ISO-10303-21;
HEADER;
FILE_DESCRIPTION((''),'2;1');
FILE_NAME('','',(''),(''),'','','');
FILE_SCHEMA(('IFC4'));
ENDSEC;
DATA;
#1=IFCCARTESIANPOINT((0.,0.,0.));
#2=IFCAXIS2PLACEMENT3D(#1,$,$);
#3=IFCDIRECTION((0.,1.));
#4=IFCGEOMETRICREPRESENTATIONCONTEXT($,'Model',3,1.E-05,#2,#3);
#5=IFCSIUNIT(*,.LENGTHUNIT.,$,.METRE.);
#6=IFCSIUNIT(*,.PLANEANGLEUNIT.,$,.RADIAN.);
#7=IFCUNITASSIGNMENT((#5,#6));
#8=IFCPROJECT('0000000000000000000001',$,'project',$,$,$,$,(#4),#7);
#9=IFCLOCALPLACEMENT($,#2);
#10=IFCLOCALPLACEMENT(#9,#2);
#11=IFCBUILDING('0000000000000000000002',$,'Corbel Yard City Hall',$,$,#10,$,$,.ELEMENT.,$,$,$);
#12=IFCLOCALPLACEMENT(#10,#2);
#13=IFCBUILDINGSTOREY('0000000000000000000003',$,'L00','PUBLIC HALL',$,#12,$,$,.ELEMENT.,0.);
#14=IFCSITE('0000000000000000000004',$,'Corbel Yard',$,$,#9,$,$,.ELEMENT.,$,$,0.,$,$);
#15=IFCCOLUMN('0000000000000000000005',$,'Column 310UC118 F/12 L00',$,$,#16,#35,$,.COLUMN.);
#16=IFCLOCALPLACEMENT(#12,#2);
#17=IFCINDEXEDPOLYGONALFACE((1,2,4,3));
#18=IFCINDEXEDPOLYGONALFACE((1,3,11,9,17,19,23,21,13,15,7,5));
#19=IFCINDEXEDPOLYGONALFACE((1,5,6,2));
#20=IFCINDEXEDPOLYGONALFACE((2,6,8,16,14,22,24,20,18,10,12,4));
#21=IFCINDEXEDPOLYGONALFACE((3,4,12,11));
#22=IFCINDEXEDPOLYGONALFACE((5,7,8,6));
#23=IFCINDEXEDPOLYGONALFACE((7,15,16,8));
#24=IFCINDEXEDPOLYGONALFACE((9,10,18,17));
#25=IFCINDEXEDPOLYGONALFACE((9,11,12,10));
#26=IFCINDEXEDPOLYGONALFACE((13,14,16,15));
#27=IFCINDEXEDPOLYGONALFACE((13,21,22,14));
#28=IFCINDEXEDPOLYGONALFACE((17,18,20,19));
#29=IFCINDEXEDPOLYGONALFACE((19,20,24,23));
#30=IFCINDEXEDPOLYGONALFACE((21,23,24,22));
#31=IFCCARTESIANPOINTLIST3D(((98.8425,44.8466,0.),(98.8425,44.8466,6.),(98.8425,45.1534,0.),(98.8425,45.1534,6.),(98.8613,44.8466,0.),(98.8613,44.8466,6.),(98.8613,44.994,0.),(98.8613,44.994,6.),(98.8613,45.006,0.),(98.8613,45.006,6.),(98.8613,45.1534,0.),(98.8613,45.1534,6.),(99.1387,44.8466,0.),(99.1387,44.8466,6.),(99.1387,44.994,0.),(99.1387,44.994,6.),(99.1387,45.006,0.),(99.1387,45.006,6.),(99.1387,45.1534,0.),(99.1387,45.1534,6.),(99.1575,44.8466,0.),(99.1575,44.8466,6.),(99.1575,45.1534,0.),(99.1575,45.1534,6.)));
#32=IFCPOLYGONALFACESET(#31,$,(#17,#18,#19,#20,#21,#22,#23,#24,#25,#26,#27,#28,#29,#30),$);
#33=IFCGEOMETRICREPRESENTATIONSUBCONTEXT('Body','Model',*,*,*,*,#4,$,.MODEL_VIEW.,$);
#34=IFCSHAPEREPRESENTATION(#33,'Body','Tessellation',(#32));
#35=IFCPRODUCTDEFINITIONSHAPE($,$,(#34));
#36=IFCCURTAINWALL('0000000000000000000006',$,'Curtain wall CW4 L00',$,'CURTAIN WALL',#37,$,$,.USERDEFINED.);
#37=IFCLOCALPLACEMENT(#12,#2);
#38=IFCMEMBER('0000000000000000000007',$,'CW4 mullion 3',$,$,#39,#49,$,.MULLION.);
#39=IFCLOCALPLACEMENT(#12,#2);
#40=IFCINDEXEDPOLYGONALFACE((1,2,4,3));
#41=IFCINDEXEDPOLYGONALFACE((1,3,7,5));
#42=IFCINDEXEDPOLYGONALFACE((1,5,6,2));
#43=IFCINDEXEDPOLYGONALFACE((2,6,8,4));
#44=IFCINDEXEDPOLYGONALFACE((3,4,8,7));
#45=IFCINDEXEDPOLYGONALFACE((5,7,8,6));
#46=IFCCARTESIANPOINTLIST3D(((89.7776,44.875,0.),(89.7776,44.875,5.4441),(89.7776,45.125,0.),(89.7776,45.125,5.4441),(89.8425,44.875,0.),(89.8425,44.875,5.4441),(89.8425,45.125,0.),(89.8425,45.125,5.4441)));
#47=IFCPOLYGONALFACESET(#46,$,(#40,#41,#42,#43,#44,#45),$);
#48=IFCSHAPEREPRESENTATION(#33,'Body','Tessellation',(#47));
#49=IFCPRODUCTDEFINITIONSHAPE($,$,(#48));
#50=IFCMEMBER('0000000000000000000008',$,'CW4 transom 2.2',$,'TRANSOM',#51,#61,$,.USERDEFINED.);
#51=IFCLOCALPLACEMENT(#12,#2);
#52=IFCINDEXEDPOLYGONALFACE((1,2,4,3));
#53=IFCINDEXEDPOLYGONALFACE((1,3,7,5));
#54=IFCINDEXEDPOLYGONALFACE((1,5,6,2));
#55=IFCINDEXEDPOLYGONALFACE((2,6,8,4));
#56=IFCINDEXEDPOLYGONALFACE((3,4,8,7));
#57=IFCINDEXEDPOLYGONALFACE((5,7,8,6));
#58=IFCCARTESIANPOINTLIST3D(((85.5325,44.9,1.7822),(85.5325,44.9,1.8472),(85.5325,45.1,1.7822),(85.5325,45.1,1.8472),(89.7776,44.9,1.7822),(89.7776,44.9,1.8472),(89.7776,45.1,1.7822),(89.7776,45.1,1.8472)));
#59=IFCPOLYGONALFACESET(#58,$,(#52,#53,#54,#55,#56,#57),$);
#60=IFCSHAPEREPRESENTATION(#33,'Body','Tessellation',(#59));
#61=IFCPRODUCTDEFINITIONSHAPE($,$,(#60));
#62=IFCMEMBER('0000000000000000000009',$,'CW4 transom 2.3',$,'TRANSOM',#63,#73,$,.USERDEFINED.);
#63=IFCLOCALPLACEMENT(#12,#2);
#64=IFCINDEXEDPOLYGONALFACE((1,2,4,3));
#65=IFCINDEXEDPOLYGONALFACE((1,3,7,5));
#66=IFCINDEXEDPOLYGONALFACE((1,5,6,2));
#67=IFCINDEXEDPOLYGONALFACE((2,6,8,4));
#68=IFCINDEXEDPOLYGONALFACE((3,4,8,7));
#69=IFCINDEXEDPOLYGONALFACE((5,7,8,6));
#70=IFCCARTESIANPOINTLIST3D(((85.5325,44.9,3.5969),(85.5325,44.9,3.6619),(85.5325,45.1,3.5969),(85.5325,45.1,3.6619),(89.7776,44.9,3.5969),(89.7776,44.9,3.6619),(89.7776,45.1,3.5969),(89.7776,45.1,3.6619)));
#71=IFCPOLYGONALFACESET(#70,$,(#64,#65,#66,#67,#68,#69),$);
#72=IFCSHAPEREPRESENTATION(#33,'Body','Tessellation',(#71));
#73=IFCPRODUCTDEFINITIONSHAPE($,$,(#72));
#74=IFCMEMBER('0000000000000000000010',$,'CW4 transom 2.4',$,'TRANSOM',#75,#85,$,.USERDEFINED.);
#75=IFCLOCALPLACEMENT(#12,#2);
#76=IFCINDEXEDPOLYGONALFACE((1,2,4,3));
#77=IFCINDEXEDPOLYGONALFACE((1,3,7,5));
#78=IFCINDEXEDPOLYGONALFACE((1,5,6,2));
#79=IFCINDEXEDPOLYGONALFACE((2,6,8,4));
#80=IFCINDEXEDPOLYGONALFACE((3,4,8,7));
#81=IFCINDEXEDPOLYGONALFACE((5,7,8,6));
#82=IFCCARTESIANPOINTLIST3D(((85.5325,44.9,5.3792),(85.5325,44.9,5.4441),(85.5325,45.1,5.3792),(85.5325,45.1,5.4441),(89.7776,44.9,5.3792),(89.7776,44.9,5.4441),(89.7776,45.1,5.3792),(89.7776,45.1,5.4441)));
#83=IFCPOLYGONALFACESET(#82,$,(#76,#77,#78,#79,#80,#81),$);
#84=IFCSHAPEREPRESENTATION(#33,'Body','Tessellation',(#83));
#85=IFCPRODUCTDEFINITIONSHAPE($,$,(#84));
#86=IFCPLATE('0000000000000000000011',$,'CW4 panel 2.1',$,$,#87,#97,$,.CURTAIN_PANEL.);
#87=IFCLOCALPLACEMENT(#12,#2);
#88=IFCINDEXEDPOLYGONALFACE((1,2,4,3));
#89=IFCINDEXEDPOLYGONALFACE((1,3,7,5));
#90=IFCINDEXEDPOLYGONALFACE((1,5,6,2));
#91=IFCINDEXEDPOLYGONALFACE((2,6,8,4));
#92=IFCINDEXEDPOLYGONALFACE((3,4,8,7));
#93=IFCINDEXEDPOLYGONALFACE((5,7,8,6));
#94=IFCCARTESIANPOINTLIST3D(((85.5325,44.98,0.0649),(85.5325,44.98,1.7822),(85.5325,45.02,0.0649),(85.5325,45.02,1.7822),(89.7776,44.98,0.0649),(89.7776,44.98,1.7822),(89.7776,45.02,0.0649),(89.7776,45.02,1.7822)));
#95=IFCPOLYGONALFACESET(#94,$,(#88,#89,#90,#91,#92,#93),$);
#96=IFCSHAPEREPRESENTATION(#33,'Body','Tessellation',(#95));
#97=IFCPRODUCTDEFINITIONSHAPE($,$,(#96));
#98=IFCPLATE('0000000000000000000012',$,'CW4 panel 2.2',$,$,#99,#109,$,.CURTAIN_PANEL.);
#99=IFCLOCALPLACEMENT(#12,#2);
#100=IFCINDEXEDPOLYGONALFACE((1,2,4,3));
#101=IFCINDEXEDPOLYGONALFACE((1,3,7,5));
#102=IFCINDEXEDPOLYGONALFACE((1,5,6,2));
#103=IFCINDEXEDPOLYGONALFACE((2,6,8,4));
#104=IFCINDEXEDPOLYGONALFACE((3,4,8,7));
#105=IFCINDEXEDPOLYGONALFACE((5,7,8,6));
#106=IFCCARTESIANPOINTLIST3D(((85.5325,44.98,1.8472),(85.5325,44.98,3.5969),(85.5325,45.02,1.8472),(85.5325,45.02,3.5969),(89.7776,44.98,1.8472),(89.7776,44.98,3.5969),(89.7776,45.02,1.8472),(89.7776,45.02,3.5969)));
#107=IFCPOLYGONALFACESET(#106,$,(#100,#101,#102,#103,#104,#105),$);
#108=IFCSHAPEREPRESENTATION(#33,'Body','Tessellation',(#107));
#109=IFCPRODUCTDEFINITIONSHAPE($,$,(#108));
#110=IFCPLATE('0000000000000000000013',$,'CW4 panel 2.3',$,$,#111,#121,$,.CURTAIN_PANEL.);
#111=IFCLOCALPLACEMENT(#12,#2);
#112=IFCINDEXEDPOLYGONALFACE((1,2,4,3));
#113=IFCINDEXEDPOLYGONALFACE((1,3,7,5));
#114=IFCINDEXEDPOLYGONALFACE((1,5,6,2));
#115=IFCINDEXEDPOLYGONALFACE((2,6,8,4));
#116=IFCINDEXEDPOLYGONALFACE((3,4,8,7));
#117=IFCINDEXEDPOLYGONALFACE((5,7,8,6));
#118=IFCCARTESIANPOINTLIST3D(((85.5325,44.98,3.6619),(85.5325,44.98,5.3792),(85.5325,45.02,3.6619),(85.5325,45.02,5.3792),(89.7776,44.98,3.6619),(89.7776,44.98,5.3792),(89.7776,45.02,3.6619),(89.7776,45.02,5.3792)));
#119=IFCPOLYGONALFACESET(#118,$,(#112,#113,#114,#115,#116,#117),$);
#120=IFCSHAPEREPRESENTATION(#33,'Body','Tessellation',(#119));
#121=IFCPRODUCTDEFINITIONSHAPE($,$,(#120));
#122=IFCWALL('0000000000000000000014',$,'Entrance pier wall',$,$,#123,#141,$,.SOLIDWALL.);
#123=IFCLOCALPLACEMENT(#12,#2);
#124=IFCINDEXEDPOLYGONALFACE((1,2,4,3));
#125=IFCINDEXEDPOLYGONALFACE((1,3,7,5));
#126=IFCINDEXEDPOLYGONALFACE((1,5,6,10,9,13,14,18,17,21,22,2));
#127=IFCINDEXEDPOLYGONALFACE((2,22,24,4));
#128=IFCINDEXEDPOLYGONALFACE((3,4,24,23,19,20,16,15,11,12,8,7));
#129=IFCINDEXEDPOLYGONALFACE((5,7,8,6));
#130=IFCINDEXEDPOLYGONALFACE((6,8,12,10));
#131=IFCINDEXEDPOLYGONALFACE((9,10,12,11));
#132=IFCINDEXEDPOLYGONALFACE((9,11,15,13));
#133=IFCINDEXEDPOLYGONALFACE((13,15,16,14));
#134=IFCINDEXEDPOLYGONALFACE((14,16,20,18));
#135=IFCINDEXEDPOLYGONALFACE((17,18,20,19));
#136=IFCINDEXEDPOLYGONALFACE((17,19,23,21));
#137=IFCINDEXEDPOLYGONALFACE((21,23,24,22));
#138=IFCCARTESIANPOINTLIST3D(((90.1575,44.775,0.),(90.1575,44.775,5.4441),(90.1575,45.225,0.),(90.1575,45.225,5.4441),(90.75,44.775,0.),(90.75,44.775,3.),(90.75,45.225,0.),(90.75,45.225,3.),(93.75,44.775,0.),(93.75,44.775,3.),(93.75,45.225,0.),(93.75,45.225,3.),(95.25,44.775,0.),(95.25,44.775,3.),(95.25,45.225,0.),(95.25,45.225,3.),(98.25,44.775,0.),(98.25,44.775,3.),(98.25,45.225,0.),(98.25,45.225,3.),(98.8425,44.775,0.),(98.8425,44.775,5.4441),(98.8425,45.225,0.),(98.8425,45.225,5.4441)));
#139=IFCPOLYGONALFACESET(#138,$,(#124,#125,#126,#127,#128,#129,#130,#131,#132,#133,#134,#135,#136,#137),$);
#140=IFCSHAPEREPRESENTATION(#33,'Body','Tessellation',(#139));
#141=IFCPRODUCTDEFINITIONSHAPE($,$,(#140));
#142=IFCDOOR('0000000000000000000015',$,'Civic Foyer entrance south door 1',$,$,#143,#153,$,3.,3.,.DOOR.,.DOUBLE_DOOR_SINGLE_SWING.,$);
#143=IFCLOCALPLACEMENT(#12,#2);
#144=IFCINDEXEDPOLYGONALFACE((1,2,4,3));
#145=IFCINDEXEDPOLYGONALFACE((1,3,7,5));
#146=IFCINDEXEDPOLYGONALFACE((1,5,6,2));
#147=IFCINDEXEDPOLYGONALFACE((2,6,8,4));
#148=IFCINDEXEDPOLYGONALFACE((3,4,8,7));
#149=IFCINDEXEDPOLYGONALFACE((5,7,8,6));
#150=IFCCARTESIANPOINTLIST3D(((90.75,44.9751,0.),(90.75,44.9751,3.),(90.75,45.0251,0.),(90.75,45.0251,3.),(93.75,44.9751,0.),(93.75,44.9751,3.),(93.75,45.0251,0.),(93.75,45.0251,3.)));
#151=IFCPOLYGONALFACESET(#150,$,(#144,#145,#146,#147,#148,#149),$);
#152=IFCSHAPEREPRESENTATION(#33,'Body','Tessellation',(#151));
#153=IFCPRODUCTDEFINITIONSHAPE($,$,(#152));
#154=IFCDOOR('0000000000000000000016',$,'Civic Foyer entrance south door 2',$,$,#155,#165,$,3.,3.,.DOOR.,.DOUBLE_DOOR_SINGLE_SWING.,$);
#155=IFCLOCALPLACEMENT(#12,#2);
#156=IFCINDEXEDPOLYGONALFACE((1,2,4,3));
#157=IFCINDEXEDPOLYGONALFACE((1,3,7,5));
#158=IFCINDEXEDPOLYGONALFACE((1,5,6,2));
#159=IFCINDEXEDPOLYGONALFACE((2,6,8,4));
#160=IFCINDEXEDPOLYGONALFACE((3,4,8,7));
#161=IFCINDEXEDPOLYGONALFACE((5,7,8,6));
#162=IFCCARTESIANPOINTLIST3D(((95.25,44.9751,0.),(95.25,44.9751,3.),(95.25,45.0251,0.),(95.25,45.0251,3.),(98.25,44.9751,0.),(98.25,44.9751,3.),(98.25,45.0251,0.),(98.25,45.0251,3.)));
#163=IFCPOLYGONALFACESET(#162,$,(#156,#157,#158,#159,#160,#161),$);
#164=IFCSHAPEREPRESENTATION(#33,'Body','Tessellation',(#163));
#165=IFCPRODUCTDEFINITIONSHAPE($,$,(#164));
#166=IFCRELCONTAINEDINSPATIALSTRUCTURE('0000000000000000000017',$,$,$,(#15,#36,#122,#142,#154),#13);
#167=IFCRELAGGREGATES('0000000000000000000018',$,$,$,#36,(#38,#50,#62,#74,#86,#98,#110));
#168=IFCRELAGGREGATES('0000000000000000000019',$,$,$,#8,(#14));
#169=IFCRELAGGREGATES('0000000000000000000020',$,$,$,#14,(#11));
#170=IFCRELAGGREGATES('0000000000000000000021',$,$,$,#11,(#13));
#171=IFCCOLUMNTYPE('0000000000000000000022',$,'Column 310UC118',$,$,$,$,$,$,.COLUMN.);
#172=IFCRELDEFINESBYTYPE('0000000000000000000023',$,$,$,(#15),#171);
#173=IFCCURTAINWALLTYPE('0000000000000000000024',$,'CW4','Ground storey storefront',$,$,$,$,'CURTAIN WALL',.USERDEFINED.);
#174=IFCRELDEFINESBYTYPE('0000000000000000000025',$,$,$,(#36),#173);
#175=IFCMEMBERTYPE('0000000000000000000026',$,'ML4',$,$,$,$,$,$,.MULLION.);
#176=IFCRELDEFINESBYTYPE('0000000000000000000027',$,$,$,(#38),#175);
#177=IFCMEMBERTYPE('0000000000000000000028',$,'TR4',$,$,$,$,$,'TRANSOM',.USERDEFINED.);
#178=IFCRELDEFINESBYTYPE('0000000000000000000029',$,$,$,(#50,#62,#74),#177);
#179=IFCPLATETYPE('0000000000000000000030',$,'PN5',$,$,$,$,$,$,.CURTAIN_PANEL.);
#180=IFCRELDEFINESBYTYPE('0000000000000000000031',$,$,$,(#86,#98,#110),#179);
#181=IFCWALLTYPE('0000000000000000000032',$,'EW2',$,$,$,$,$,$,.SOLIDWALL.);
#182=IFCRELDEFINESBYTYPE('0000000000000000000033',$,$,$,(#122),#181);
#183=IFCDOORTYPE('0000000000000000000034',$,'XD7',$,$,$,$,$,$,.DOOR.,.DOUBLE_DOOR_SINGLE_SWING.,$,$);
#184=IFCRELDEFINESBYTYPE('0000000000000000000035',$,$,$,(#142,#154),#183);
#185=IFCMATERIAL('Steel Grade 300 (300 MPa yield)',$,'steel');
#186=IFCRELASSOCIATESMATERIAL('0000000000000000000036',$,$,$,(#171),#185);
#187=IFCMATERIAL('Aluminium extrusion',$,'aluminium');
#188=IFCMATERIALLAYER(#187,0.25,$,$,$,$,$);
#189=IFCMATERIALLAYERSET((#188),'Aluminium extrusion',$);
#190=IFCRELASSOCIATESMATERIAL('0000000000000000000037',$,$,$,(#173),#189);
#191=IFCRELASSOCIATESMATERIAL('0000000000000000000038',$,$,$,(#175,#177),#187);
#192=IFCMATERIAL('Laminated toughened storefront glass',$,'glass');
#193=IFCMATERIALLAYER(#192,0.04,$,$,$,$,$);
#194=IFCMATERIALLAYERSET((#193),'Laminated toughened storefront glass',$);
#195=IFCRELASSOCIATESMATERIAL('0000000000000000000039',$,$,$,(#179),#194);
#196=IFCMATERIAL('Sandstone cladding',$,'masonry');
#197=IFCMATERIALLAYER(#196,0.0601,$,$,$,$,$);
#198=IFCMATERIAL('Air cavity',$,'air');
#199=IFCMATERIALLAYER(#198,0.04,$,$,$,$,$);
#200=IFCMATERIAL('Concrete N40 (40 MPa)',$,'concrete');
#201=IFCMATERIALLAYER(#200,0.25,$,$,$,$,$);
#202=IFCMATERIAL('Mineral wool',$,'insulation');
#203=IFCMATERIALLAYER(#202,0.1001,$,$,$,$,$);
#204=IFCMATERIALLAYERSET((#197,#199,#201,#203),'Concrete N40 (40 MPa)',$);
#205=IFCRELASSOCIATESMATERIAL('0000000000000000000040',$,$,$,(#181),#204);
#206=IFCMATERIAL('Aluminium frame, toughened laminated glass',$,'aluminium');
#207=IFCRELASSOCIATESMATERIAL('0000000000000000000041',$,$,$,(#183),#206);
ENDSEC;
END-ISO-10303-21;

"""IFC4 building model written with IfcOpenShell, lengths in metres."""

from ifc_helpers import new_model, si_unit, direction, frame, frame_2d, origin, origin_2d, place, context, subcontext, project, spatial, rectangle, i_section, extrude, material, layer, layer_set, material_profile, profile_set, type_object, element, fill, aggregate, save


model = new_model("IFC4")

# Units and contexts
model_context = context("Model", 3, precision=1e-05, world=origin(), true_north=direction((0.0, 1.0)))
body_context = subcontext(model_context, "Body", "Model", "MODEL_VIEW")
ifc_project = project(units=[si_unit("LENGTHUNIT", "METRE"), si_unit("PLANEANGLEUNIT", "RADIAN")], contexts=[model_context])

# Site, building, storey
site_placement = place(None, origin())
site = spatial("IfcSite", under=ifc_project, at=site_placement, Name="Corbel Yard", CompositionType="ELEMENT", RefElevation=0.0)
building_placement = place(site_placement, origin())
building = spatial("IfcBuilding", under=site, at=building_placement, Name="Corbel Yard City Hall", CompositionType="ELEMENT")
storey_placement = place(building_placement, origin())
storey = spatial("IfcBuildingStorey", under=building, at=storey_placement, Name="L00", Description="PUBLIC HALL", CompositionType="ELEMENT", Elevation=0.0)

# Shared definitions
ifc_material_1 = material(Name="Concrete N40 (40 MPa)", Category="concrete")

# Column
ifc_material_2 = material(Name="Steel Grade 300 (300 MPa yield)", Category="steel")
ifc_material_profile_1 = material_profile(ifc_material_2, i_section(OverallWidth=0.3069, OverallDepth=0.3149, WebThickness=0.012, FlangeThickness=0.0188, at=origin_2d()), Name="310UC118")
ifc_profile_set_1 = profile_set([ifc_material_profile_1], Name="Steel Grade 300 (300 MPa yield)")
column_type = type_object("IfcColumnType", Name="Column 310UC118", PredefinedType="COLUMN", material=ifc_profile_set_1)
for number, where, z_axis, x_axis, name in (
    (1, (99.0, 45.0, 0.0), (0.0, 0.0, 1.0), (0.0, 1.0, 0.0), "Column 310UC118 F/12 L00"),
):
    element("IfcColumn", number, at=place(storey_placement, frame(where, z_axis=z_axis, x_axis=x_axis)), inside=storey, type_object=column_type, Name=name, PredefinedType="COLUMN", context=body_context, shape_type="SweptSolid", body=[
        extrude(i_section(OverallWidth=0.3069, OverallDepth=0.3149, WebThickness=0.012, FlangeThickness=0.0188, at=origin_2d()), origin(), (0.0, 0.0, 1.0), 6.0),
    ])

# Curtain wall, members, plates
ifc_material_3 = material(Name="Aluminium extrusion", Category="aluminium")
ifc_layer_1 = layer(ifc_material_3, 0.25)
ifc_layer_set_1 = layer_set([ifc_layer_1], Name="Aluminium extrusion")
curtain_wall_type = type_object("IfcCurtainWallType", Name="CW4", Description="Ground storey storefront", ElementType="CURTAIN WALL", PredefinedType="USERDEFINED", material=ifc_layer_set_1)
curtain_wall_placement = place(storey_placement, origin())
curtain_wall = element("IfcCurtainWall", 2, at=curtain_wall_placement, inside=storey, type_object=curtain_wall_type, Name="Curtain wall CW4 L00", ObjectType="CURTAIN WALL", PredefinedType="USERDEFINED")
ifc_material_profile_2 = material_profile(ifc_material_3, rectangle(XDim=0.25, YDim=0.0649, at=origin_2d()), Name="250x65")
ifc_profile_set_2 = profile_set([ifc_material_profile_2], Name="Aluminium extrusion")
member_type_1 = type_object("IfcMemberType", Name="ML4", PredefinedType="MULLION", material=ifc_profile_set_2)
member_1_placement = place(storey_placement, frame((89.8101, 45.0, 0.0), z_axis=(0.0, 0.0, 1.0), x_axis=(0.0, 1.0, 0.0)))
member_1 = element("IfcMember", 3, at=member_1_placement, type_object=member_type_1, Name="CW4 mullion 3", PredefinedType="MULLION", context=body_context, shape_type="SweptSolid", body=[
    extrude(rectangle(XDim=0.25, YDim=0.0649, at=origin_2d()), origin(), (0.0, 0.0, 1.0), 5.4441),
])
ifc_material_profile_3 = material_profile(ifc_material_3, rectangle(XDim=0.2, YDim=0.0649, at=origin_2d()), Name="200x65")
ifc_profile_set_3 = profile_set([ifc_material_profile_3], Name="Aluminium extrusion")
member_type_2 = type_object("IfcMemberType", Name="TR4", ElementType="TRANSOM", PredefinedType="USERDEFINED", material=ifc_profile_set_3)
member_2_placement = place(storey_placement, frame((85.5325, 45.0, 1.8147), z_axis=(1.0, 0.0, 0.0), x_axis=(0.0, 1.0, 0.0)))
member_2 = element("IfcMember", 4, at=member_2_placement, type_object=member_type_2, Name="CW4 transom 2.2", ObjectType="TRANSOM", PredefinedType="USERDEFINED", context=body_context, shape_type="SweptSolid", body=[
    extrude(rectangle(XDim=0.2, YDim=0.0649, at=origin_2d()), origin(), (0.0, 0.0, 1.0), 4.2451),
])
member_3_placement = place(storey_placement, frame((85.5325, 45.0, 3.6294), z_axis=(1.0, 0.0, 0.0), x_axis=(0.0, 1.0, 0.0)))
member_3 = element("IfcMember", 5, at=member_3_placement, type_object=member_type_2, Name="CW4 transom 2.3", ObjectType="TRANSOM", PredefinedType="USERDEFINED", context=body_context, shape_type="SweptSolid", body=[
    extrude(rectangle(XDim=0.2, YDim=0.0649, at=origin_2d()), origin(), (0.0, 0.0, 1.0), 4.2451),
])
member_4_placement = place(storey_placement, frame((85.5325, 45.0, 5.4116), z_axis=(1.0, 0.0, 0.0), x_axis=(0.0, 1.0, 0.0)))
member_4 = element("IfcMember", 6, at=member_4_placement, type_object=member_type_2, Name="CW4 transom 2.4", ObjectType="TRANSOM", PredefinedType="USERDEFINED", context=body_context, shape_type="SweptSolid", body=[
    extrude(rectangle(XDim=0.2, YDim=0.0649, at=origin_2d()), origin(), (0.0, 0.0, 1.0), 4.2451),
])
ifc_material_4 = material(Name="Laminated toughened storefront glass", Category="glass")
ifc_layer_2 = layer(ifc_material_4, 0.04)
ifc_layer_set_2 = layer_set([ifc_layer_2], Name="Laminated toughened storefront glass")
plate_type = type_object("IfcPlateType", Name="PN5", PredefinedType="CURTAIN_PANEL", material=ifc_layer_set_2)
plate_1_placement = place(storey_placement, frame((87.655, 45.0, 0.0649), z_axis=(0.0, 0.0, 1.0), x_axis=(1.0, 0.0, 0.0)))
plate_1 = element("IfcPlate", 7, at=plate_1_placement, type_object=plate_type, Name="CW4 panel 2.1", PredefinedType="CURTAIN_PANEL", context=body_context, shape_type="SweptSolid", body=[
    extrude(rectangle(XDim=4.2451, YDim=0.04, at=origin_2d()), origin(), (0.0, 0.0, 1.0), 1.7173),
])
plate_2_placement = place(storey_placement, frame((87.655, 45.0, 1.8472), z_axis=(0.0, 0.0, 1.0), x_axis=(1.0, 0.0, 0.0)))
plate_2 = element("IfcPlate", 8, at=plate_2_placement, type_object=plate_type, Name="CW4 panel 2.2", PredefinedType="CURTAIN_PANEL", context=body_context, shape_type="SweptSolid", body=[
    extrude(rectangle(XDim=4.2451, YDim=0.04, at=origin_2d()), origin(), (0.0, 0.0, 1.0), 1.7498),
])
plate_3_placement = place(storey_placement, frame((87.655, 45.0, 3.6619), z_axis=(0.0, 0.0, 1.0), x_axis=(1.0, 0.0, 0.0)))
plate_3 = element("IfcPlate", 9, at=plate_3_placement, type_object=plate_type, Name="CW4 panel 2.3", PredefinedType="CURTAIN_PANEL", context=body_context, shape_type="SweptSolid", body=[
    extrude(rectangle(XDim=4.2451, YDim=0.04, at=origin_2d()), origin(), (0.0, 0.0, 1.0), 1.7173),
])
aggregate(curtain_wall, [member_1, member_2, member_3, member_4, plate_1, plate_2, plate_3])

# Wall, openings, doors
ifc_material_5 = material(Name="Sandstone cladding", Category="masonry")
ifc_layer_3 = layer(ifc_material_5, 0.0601)
ifc_material_6 = material(Name="Air cavity", Category="air")
ifc_layer_4 = layer(ifc_material_6, 0.04)
ifc_layer_5 = layer(ifc_material_1, 0.25)
ifc_material_7 = material(Name="Mineral wool", Category="insulation")
ifc_layer_6 = layer(ifc_material_7, 0.1001)
ifc_layer_set_3 = layer_set([ifc_layer_3, ifc_layer_4, ifc_layer_5, ifc_layer_6], Name="Concrete N40 (40 MPa)")
wall_type = type_object("IfcWallType", Name="EW2", PredefinedType="SOLIDWALL", material=ifc_layer_set_3)
wall_placement = place(storey_placement, frame((90.1575, 45.0, 0.0), z_axis=(0.0, 0.0, 1.0), x_axis=(1.0, 0.0, 0.0)))
wall = element("IfcWall", 10, at=wall_placement, inside=storey, type_object=wall_type, Name="Entrance pier wall", PredefinedType="SOLIDWALL", context=body_context, shape_type="SweptSolid", body=[
    extrude(rectangle(XDim=8.6851, YDim=0.45, at=frame_2d((4.3425, 0.0))), origin(), (0.0, 0.0, 1.0), 5.4441),
])
opening_1_placement = place(wall_placement, frame((0.5925, 0.0, 0.0)))
opening_1 = element("IfcOpeningElement", 11, at=opening_1_placement, cuts=wall, PredefinedType="OPENING", context=body_context, shape_type="SweptSolid", body=[
    extrude(rectangle(XDim=3.0, YDim=3.0, at=frame_2d((1.5, 1.5))), frame((0.0, 0.2349, 0.0), z_axis=(0.0, -1.0, 0.0), x_axis=(1.0, 0.0, 0.0)), (0.0, 0.0, 1.0), 0.47),
])
opening_2_placement = place(wall_placement, frame((5.0925, 0.0, 0.0)))
opening_2 = element("IfcOpeningElement", 12, at=opening_2_placement, cuts=wall, PredefinedType="OPENING", context=body_context, shape_type="SweptSolid", body=[
    extrude(rectangle(XDim=3.0, YDim=3.0, at=frame_2d((1.5, 1.5))), frame((0.0, 0.2349, 0.0), z_axis=(0.0, -1.0, 0.0), x_axis=(1.0, 0.0, 0.0)), (0.0, 0.0, 1.0), 0.47),
])
ifc_material_8 = material(Name="Aluminium frame, toughened laminated glass", Category="aluminium")
door_type = type_object("IfcDoorType", Name="XD7", OperationType="DOUBLE_DOOR_SINGLE_SWING", PredefinedType="DOOR", material=ifc_material_8)
door_1_placement = place(opening_1_placement, frame((3.0, 0.0, 0.0), z_axis=(0.0, 0.0, 1.0), x_axis=(-1.0, 0.0, 0.0)))
door_1 = element("IfcDoor", 13, at=door_1_placement, inside=storey, type_object=door_type, Name="Civic Foyer entrance south door 1", OperationType="DOUBLE_DOOR_SINGLE_SWING", OverallHeight=3.0, OverallWidth=3.0, PredefinedType="DOOR", context=body_context, shape_type="SweptSolid", body=[
    extrude(rectangle(XDim=3.0, YDim=3.0, at=frame_2d((1.5, 1.5))), frame((0.0, 0.0249, 0.0), z_axis=(0.0, -1.0, 0.0), x_axis=(1.0, 0.0, 0.0)), (0.0, 0.0, 1.0), 0.05),
])
fill(opening_1, door_1)
door_2_placement = place(opening_2_placement, frame((3.0, 0.0, 0.0), z_axis=(0.0, 0.0, 1.0), x_axis=(-1.0, 0.0, 0.0)))
door_2 = element("IfcDoor", 14, at=door_2_placement, inside=storey, type_object=door_type, Name="Civic Foyer entrance south door 2", OperationType="DOUBLE_DOOR_SINGLE_SWING", OverallHeight=3.0, OverallWidth=3.0, PredefinedType="DOOR", context=body_context, shape_type="SweptSolid", body=[
    extrude(rectangle(XDim=3.0, YDim=3.0, at=frame_2d((1.5, 1.5))), frame((0.0, 0.0249, 0.0), z_axis=(0.0, -1.0, 0.0), x_axis=(1.0, 0.0, 0.0)), (0.0, 0.0, 1.0), 0.05),
])
fill(opening_2, door_2)

save(model, "model.ifc")
